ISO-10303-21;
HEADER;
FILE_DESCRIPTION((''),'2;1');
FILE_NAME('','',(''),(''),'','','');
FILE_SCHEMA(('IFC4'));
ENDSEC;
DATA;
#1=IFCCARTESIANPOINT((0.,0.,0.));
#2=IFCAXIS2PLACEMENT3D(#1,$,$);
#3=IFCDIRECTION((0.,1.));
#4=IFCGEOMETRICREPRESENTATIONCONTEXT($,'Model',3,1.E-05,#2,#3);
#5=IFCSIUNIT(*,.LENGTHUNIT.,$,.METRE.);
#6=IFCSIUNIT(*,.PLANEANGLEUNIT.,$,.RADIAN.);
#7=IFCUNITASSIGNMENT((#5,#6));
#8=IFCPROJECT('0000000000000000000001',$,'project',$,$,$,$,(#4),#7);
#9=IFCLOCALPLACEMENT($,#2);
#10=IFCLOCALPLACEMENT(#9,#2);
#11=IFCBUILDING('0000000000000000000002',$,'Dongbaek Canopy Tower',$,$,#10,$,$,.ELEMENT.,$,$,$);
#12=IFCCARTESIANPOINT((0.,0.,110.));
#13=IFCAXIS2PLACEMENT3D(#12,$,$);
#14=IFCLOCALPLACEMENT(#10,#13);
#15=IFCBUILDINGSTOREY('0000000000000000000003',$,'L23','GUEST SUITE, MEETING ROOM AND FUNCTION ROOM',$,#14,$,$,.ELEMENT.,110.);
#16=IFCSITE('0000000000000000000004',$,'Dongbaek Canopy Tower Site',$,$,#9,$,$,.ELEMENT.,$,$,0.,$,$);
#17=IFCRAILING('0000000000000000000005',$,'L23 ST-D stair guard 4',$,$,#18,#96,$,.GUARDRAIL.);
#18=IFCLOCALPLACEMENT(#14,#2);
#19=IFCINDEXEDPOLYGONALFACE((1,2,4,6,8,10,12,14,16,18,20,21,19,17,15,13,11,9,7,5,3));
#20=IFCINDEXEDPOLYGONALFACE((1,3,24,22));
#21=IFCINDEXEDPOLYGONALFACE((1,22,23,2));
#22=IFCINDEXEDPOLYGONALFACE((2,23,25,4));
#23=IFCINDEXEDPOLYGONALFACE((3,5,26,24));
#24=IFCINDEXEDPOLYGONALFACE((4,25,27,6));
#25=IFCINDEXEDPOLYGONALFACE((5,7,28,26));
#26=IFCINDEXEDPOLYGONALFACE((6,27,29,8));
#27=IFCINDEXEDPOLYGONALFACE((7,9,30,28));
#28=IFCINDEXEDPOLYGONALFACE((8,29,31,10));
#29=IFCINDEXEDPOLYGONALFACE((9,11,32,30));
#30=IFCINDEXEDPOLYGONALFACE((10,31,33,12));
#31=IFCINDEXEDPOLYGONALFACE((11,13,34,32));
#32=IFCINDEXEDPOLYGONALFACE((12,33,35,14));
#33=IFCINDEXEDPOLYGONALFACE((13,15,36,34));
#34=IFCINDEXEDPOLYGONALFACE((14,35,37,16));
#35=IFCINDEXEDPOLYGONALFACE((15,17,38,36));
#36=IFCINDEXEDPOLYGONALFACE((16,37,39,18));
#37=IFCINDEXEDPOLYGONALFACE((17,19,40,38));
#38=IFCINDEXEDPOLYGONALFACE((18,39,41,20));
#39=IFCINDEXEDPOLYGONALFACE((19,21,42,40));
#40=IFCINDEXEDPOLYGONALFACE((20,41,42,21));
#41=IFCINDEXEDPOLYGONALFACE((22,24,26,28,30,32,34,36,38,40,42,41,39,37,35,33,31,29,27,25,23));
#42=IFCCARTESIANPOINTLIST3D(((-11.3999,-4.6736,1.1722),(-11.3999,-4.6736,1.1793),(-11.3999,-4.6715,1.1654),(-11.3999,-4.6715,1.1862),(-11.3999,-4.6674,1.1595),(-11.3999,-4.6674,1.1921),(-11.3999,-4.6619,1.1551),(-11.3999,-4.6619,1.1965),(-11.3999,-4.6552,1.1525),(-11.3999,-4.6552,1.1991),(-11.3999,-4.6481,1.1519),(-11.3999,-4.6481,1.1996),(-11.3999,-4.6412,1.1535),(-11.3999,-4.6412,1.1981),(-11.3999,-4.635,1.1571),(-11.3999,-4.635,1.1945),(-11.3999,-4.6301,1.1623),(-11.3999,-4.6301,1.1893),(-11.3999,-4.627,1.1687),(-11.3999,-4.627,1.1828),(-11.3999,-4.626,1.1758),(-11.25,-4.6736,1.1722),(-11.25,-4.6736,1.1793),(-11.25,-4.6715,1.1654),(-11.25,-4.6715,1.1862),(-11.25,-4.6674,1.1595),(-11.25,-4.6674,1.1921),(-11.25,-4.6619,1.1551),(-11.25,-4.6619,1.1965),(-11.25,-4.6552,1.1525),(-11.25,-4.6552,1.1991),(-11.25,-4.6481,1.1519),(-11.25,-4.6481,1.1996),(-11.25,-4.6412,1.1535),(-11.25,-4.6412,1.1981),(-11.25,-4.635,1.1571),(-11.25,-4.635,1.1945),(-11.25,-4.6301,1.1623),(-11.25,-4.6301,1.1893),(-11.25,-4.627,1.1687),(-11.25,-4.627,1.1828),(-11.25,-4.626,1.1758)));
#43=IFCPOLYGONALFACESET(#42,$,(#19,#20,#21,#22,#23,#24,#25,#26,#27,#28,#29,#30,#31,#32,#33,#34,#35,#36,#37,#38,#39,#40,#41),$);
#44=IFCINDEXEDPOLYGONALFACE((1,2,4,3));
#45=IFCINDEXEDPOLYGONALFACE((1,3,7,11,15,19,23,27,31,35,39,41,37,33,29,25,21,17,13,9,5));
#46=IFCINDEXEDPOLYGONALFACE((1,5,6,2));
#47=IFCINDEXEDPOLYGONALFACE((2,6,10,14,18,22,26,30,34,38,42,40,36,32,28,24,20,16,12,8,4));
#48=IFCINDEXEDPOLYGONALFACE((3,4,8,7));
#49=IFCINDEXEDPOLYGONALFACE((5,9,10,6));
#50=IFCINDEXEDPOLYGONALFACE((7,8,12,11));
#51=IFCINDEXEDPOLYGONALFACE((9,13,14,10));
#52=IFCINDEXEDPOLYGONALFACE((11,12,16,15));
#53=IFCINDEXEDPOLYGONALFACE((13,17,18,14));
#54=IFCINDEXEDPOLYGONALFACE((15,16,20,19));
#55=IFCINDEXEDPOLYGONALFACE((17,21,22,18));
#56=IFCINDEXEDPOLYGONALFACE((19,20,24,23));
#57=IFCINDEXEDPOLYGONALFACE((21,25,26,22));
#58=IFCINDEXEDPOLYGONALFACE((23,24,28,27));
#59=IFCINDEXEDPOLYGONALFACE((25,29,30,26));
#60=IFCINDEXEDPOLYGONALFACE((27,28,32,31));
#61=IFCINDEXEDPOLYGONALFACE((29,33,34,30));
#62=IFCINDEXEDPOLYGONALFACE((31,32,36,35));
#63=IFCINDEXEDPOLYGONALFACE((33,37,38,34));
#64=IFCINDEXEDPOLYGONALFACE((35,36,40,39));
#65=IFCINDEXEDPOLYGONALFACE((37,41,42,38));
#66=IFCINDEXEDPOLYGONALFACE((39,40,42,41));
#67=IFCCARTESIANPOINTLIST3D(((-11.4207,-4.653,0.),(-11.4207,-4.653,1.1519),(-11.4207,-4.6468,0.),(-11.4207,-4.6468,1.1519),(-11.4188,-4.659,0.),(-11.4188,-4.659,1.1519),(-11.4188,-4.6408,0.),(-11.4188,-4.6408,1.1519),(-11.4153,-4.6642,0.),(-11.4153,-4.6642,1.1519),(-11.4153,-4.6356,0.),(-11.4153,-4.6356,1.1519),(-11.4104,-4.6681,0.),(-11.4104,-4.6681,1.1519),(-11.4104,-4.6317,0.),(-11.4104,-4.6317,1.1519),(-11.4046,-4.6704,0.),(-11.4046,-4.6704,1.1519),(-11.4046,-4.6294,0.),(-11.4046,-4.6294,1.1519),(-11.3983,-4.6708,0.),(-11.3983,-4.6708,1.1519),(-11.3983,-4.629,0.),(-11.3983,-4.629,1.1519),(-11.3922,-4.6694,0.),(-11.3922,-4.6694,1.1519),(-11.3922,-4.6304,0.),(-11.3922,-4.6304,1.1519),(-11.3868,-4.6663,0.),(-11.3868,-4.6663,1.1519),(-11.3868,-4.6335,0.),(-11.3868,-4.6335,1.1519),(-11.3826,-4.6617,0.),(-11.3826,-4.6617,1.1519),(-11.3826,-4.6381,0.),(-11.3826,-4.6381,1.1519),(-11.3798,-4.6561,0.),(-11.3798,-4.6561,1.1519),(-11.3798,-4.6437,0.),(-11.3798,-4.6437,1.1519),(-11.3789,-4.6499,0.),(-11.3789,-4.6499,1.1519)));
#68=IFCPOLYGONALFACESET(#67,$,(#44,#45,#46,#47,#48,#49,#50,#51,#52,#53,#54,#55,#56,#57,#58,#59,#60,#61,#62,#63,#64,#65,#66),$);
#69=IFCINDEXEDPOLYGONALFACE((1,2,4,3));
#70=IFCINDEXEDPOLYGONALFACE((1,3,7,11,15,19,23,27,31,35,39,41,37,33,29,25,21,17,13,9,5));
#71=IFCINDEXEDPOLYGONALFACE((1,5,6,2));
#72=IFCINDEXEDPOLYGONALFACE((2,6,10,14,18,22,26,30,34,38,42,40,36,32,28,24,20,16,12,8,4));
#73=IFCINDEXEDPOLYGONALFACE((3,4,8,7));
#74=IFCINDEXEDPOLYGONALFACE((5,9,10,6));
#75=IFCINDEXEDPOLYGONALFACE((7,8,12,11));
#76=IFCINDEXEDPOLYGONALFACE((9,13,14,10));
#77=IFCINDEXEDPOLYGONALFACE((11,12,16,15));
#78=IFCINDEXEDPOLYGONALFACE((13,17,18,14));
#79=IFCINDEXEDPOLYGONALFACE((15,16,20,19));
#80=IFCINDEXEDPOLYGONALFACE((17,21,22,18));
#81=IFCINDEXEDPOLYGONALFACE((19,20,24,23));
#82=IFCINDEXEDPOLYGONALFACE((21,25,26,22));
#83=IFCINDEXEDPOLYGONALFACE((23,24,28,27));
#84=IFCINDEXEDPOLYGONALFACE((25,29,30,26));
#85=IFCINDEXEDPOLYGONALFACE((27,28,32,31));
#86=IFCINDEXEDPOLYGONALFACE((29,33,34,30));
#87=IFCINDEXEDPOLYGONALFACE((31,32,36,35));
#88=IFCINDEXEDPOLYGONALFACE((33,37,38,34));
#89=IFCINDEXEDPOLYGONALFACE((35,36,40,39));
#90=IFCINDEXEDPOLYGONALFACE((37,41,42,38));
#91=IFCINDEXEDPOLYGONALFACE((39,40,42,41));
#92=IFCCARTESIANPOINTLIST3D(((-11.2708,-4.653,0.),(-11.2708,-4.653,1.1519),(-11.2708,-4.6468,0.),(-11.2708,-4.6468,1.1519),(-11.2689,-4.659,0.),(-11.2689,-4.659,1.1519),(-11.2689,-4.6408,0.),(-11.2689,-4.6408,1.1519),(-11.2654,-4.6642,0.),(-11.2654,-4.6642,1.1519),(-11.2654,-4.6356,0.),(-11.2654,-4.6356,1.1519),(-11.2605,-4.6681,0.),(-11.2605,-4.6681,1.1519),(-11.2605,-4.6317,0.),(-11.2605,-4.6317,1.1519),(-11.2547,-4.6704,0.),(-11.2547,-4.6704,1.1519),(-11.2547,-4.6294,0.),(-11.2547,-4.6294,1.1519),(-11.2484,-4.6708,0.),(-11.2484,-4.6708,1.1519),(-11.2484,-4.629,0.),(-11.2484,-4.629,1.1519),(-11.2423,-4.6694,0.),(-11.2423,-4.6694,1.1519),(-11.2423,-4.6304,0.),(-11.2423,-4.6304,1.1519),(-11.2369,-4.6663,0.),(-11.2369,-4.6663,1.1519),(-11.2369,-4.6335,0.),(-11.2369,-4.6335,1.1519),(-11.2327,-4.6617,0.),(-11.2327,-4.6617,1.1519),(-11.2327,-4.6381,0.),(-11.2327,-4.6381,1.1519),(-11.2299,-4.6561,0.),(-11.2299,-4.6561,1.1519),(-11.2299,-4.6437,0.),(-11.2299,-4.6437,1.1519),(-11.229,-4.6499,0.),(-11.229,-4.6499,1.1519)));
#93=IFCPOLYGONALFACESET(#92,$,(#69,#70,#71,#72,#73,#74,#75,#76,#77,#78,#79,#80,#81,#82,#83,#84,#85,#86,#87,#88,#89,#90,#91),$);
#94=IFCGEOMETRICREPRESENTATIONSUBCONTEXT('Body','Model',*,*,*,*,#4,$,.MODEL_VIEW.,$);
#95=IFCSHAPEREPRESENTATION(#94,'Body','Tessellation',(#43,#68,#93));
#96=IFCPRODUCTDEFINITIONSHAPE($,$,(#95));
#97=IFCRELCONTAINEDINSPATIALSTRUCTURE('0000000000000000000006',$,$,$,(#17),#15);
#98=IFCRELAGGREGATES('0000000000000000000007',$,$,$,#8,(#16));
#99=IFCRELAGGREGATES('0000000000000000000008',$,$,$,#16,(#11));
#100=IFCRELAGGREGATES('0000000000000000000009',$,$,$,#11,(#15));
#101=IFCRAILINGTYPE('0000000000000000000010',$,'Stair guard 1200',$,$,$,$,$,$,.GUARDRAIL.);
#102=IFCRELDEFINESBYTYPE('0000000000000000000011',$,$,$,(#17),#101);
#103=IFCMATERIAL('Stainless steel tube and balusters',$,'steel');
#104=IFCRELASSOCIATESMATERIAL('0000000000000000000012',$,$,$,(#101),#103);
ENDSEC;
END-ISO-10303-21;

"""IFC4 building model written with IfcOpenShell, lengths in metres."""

from ifc_helpers import new_model, si_unit, direction, frame, origin, origin_2d, place, context, subcontext, project, spatial, circle, extrude, material, type_object, element, save


model = new_model("IFC4")

# Units and contexts
model_context = context("Model", 3, precision=1e-05, world=origin(), true_north=direction((0.0, 1.0)))
body_context = subcontext(model_context, "Body", "Model", "MODEL_VIEW")
ifc_project = project(units=[si_unit("LENGTHUNIT", "METRE"), si_unit("PLANEANGLEUNIT", "RADIAN")], contexts=[model_context])

# Site, building, storey
site_placement = place(None, origin())
site = spatial("IfcSite", under=ifc_project, at=site_placement, Name="Dongbaek Canopy Tower Site", CompositionType="ELEMENT", RefElevation=0.0)
building_placement = place(site_placement, origin())
building = spatial("IfcBuilding", under=site, at=building_placement, Name="Dongbaek Canopy Tower", CompositionType="ELEMENT")
storey_placement = place(building_placement, frame((0.0, 0.0, 110.0)))
storey = spatial("IfcBuildingStorey", under=building, at=storey_placement, Name="L23", Description="GUEST SUITE, MEETING ROOM AND FUNCTION ROOM", CompositionType="ELEMENT", Elevation=110.0)

# Railing
ifc_material_1 = material(Name="Stainless steel tube and balusters", Category="steel")
railing_type_1 = type_object("IfcRailingType", Name="Stair guard 1200", PredefinedType="GUARDRAIL", material=ifc_material_1)
railing_1_placement = place(storey_placement, frame((-11.3999, -4.6499, 0.0)))
element("IfcRailing", 1, at=railing_1_placement, inside=storey, type_object=railing_type_1, Name="L23 ST-D stair guard 4", PredefinedType="GUARDRAIL", context=body_context, shape_type="SweptSolid", body=[
    extrude(circle(Radius=0.0239, at=origin_2d()), frame((0.0, 0.0, 1.1758), z_axis=(1.0, 0.0, 0.0), x_axis=(0.0, 1.0, 0.0)), (0.0, 0.0, 1.0), 0.1499),
    extrude(circle(Radius=0.021, at=origin_2d()), origin(), (0.0, 0.0, 1.0), 1.1519),
    extrude(circle(Radius=0.021, at=origin_2d()), frame((0.1499, 0.0, 0.0)), (0.0, 0.0, 1.0), 1.1519),
])

save(model, "model.ifc")
